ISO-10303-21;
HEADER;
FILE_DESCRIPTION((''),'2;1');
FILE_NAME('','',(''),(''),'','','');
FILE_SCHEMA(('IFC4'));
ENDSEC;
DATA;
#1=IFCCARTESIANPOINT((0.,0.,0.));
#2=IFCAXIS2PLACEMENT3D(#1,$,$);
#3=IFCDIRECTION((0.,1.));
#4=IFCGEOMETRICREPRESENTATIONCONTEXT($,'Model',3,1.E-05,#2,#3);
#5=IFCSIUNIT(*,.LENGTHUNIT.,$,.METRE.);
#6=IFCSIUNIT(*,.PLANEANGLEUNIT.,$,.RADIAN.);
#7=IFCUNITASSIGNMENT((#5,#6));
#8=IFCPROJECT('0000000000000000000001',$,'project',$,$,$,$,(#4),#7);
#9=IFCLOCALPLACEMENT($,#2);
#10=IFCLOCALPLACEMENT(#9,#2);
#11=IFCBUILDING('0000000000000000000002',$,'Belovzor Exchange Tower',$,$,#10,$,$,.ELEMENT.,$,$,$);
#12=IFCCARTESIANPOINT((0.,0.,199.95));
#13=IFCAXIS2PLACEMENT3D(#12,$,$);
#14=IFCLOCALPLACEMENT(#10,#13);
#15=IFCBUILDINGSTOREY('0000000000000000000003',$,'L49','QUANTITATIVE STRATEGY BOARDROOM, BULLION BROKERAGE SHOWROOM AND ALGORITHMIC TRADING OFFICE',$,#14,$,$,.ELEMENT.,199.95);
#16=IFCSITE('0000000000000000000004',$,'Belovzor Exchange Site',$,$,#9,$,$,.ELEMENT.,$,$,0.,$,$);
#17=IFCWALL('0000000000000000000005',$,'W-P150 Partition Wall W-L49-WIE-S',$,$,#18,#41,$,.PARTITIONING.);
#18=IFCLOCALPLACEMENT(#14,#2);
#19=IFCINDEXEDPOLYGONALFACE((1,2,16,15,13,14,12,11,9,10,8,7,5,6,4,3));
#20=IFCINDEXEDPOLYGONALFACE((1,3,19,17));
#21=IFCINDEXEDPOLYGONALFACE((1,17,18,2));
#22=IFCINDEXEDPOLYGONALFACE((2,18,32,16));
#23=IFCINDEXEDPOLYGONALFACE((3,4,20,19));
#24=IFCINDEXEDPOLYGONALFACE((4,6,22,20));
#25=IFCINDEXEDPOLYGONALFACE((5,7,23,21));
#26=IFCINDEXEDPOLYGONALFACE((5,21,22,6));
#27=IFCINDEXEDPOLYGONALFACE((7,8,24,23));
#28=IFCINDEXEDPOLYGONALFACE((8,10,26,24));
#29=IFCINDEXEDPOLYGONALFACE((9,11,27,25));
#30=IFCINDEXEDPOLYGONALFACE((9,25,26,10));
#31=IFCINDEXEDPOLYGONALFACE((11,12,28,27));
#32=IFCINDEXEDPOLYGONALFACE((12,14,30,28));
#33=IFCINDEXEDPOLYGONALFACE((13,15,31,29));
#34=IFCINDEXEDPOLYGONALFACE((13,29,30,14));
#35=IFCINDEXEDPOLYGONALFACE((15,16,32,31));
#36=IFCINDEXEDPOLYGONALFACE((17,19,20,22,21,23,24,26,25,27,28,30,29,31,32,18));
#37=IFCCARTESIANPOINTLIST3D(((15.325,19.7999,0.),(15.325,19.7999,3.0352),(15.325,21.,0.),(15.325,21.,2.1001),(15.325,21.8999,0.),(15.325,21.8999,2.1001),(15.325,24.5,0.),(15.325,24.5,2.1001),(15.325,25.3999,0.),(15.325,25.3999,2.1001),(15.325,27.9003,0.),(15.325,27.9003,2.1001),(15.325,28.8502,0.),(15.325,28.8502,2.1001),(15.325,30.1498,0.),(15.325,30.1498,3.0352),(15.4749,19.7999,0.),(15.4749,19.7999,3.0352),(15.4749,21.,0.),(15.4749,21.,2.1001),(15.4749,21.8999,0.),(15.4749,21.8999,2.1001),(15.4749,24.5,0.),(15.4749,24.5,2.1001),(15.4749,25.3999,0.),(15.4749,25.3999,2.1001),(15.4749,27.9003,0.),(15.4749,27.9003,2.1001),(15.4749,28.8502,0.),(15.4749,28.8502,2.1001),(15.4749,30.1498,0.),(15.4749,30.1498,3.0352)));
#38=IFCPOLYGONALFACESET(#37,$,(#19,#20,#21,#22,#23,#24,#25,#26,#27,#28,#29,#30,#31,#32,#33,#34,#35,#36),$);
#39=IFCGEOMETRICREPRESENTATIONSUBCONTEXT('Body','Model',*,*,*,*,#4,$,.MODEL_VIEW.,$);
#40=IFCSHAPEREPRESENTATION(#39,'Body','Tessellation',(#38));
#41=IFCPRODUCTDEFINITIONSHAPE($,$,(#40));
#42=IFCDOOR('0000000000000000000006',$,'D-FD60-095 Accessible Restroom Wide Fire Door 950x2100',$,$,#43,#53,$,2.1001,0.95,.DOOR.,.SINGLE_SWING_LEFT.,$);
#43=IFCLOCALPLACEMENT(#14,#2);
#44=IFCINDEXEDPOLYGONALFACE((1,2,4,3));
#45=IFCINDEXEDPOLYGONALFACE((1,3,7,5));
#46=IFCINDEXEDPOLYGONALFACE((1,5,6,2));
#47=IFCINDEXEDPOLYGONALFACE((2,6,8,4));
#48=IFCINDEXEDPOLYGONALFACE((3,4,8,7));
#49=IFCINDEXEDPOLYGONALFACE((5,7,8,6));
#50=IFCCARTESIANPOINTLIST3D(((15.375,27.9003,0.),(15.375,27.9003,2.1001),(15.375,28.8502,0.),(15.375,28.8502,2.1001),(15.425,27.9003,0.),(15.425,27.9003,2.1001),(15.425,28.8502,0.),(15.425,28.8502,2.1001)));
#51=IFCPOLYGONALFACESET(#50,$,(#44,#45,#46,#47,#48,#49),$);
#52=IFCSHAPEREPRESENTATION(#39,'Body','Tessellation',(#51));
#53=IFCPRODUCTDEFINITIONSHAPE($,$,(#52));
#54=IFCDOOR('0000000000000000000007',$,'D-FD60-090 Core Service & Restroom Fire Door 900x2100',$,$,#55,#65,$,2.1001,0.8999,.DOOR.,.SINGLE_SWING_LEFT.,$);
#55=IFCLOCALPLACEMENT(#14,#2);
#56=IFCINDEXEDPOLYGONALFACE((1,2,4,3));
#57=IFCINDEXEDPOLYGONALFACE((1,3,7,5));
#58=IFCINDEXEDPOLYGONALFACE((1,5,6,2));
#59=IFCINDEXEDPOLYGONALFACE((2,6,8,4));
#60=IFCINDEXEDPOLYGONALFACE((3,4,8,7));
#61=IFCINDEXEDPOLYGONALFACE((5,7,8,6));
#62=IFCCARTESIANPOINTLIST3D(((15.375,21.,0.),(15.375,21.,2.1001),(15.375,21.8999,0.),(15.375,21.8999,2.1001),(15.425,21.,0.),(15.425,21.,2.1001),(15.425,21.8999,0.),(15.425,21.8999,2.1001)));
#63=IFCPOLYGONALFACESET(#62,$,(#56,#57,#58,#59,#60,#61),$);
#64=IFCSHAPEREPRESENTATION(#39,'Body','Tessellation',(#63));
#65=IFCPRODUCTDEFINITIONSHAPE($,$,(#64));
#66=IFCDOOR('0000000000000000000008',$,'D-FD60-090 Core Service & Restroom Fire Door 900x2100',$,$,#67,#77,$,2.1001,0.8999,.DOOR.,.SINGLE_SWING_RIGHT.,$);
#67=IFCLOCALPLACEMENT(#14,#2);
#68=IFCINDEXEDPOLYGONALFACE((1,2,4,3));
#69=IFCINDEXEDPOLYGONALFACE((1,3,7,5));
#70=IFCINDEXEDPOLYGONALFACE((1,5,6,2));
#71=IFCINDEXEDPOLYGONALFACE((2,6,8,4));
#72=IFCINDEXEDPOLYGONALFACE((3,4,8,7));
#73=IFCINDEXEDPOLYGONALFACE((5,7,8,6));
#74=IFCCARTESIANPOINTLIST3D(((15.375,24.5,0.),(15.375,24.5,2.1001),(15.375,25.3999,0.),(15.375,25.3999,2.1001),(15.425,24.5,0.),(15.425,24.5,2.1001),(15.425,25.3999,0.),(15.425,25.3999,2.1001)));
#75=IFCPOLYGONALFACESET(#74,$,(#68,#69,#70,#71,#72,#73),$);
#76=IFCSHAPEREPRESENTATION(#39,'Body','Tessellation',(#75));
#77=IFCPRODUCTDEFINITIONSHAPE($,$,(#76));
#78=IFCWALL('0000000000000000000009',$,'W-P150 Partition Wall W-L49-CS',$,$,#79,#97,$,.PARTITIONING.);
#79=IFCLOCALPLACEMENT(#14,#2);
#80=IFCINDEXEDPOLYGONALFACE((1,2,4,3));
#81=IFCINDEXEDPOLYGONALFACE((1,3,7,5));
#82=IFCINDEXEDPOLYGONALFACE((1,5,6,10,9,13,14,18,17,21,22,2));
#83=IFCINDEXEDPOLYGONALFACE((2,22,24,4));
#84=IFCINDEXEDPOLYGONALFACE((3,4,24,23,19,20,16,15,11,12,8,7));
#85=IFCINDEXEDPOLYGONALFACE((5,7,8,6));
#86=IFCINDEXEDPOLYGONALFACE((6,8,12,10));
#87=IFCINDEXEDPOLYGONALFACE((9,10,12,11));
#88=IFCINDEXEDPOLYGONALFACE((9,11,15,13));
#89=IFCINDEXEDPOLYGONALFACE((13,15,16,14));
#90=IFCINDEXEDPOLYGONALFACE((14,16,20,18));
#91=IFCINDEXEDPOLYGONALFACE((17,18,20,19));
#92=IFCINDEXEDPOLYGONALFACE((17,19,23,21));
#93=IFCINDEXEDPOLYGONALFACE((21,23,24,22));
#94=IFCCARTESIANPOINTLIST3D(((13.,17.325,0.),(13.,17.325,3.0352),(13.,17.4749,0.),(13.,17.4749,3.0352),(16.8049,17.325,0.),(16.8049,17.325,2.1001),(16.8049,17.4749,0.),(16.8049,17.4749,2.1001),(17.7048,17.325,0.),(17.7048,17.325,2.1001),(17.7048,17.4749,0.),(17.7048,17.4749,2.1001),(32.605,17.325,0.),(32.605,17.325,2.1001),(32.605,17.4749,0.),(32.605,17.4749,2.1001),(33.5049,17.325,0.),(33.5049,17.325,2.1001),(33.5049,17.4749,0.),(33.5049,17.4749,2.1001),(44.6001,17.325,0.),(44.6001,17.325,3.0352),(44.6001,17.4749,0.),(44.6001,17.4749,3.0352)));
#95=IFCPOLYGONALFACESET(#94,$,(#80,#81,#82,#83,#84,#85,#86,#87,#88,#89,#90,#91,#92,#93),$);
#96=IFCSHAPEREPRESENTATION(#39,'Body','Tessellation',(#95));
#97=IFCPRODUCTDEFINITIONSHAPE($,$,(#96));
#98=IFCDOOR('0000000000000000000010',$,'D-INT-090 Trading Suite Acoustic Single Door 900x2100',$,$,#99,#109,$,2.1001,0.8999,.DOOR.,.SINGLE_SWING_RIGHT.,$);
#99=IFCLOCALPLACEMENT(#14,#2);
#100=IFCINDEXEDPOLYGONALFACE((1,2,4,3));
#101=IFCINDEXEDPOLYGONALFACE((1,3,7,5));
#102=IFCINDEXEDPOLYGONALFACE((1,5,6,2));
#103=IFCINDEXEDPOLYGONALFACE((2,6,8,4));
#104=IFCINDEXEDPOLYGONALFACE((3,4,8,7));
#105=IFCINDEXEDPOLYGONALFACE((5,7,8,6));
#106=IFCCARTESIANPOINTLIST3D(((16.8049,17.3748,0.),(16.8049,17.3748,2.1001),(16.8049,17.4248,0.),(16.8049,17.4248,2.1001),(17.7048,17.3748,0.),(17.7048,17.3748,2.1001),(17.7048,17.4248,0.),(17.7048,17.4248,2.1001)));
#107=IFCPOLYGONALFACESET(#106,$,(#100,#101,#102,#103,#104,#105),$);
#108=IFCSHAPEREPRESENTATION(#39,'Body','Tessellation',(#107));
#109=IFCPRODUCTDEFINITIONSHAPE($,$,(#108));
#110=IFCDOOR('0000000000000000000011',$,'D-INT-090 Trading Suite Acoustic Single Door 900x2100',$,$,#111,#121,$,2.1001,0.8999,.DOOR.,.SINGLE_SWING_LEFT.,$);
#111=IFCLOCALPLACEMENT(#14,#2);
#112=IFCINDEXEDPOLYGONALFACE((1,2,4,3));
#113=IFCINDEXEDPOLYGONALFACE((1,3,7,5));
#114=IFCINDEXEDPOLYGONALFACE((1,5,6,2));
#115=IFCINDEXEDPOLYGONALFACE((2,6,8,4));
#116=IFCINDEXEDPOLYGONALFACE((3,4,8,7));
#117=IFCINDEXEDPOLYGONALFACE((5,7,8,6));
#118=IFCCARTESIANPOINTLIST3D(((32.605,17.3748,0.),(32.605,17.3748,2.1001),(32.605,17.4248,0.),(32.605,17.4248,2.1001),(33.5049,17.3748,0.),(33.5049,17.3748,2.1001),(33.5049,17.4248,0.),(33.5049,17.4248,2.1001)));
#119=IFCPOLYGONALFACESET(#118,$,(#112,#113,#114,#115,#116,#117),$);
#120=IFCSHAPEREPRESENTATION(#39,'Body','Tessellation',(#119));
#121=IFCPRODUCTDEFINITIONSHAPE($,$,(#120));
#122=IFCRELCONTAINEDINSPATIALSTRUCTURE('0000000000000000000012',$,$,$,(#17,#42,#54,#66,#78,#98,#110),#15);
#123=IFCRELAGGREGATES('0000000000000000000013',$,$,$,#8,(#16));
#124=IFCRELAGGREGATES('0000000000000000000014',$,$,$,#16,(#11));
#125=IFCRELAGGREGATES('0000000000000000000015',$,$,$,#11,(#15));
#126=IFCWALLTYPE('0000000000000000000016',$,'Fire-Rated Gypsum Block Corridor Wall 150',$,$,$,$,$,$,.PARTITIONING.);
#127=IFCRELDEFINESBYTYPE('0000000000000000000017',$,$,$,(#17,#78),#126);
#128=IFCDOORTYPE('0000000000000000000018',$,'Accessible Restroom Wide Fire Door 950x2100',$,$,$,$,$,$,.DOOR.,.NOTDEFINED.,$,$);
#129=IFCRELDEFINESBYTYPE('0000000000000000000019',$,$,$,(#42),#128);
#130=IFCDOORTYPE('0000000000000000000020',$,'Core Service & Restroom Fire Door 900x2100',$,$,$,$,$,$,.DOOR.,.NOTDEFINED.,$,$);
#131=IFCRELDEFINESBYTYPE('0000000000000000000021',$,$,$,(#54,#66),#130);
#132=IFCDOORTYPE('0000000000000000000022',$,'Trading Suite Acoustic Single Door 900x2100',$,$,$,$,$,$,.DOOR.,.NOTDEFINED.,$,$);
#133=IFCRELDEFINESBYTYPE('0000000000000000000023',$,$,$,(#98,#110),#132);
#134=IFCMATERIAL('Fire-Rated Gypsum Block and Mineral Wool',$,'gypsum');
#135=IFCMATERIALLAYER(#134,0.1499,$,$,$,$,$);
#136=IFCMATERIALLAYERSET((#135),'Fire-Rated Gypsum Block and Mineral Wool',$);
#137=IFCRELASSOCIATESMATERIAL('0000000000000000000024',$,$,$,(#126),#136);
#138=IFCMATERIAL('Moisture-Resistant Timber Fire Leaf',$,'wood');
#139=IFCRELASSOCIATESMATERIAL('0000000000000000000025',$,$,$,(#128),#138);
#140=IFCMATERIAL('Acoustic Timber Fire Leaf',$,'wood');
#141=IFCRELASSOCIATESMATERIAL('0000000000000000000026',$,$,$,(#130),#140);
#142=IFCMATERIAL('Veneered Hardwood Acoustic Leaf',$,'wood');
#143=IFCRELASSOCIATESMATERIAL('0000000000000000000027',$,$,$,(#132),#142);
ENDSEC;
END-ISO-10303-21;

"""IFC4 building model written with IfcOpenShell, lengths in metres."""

from ifc_helpers import new_model, si_unit, direction, frame, frame_2d, origin, place, context, subcontext, project, spatial, rectangle, extrude, material, layer, layer_set, type_object, element, fill, save


model = new_model("IFC4")

# Units and contexts
model_context = context("Model", 3, precision=1e-05, world=origin(), true_north=direction((0.0, 1.0)))
body_context = subcontext(model_context, "Body", "Model", "MODEL_VIEW")
ifc_project = project(units=[si_unit("LENGTHUNIT", "METRE"), si_unit("PLANEANGLEUNIT", "RADIAN")], contexts=[model_context])

# Site, building, storey
site_placement = place(None, origin())
site = spatial("IfcSite", under=ifc_project, at=site_placement, Name="Belovzor Exchange Site", CompositionType="ELEMENT", RefElevation=0.0)
building_placement = place(site_placement, origin())
building = spatial("IfcBuilding", under=site, at=building_placement, Name="Belovzor Exchange Tower", CompositionType="ELEMENT")
storey_placement = place(building_placement, frame((0.0, 0.0, 199.95)))
storey = spatial("IfcBuildingStorey", under=building, at=storey_placement, Name="L49", Description="QUANTITATIVE STRATEGY BOARDROOM, BULLION BROKERAGE SHOWROOM AND ALGORITHMIC TRADING OFFICE", CompositionType="ELEMENT", Elevation=199.95)

# Shared definitions
ifc_material_1 = material(Name="Fire-Rated Gypsum Block and Mineral Wool", Category="gypsum")
ifc_layer_1 = layer(ifc_material_1, 0.1499)
ifc_layer_set_1 = layer_set([ifc_layer_1], Name="Fire-Rated Gypsum Block and Mineral Wool")
wall_type_1 = type_object("IfcWallType", Name="Fire-Rated Gypsum Block Corridor Wall 150", PredefinedType="PARTITIONING", material=ifc_layer_set_1)

# Walls, openings, doors
wall_1_placement = place(storey_placement, frame((15.3999, 19.8, 0.0), z_axis=(0.0, 0.0, 1.0), x_axis=(0.0, 1.0, 0.0)))
wall_1 = element("IfcWall", 1, at=wall_1_placement, inside=storey, type_object=wall_type_1, Name="W-P150 Partition Wall W-L49-WIE-S", PredefinedType="PARTITIONING", context=body_context, shape_type="SweptSolid", body=[
    extrude(rectangle(XDim=10.3499, YDim=0.1499, at=frame_2d((5.1748, 0.0))), origin(), (0.0, 0.0, 1.0), 3.0352),
])
opening_1_placement = place(wall_1_placement, frame((1.2, 0.0, 0.0)))
opening_1 = element("IfcOpeningElement", 2, at=opening_1_placement, cuts=wall_1, PredefinedType="OPENING", context=body_context, shape_type="SweptSolid", body=[
    extrude(rectangle(XDim=0.8999, YDim=2.1001, at=frame_2d((0.45, 1.05))), frame((0.0, 0.085, 0.0), z_axis=(0.0, -1.0, 0.0), x_axis=(1.0, 0.0, 0.0)), (0.0, 0.0, 1.0), 0.1699),
])
opening_2_placement = place(wall_1_placement, frame((4.7, 0.0, 0.0)))
opening_2 = element("IfcOpeningElement", 3, at=opening_2_placement, cuts=wall_1, PredefinedType="OPENING", context=body_context, shape_type="SweptSolid", body=[
    extrude(rectangle(XDim=0.8999, YDim=2.1001, at=frame_2d((0.45, 1.05))), frame((0.0, 0.085, 0.0), z_axis=(0.0, -1.0, 0.0), x_axis=(1.0, 0.0, 0.0)), (0.0, 0.0, 1.0), 0.1699),
])
opening_3_placement = place(wall_1_placement, frame((8.1001, 0.0, 0.0)))
opening_3 = element("IfcOpeningElement", 4, at=opening_3_placement, cuts=wall_1, PredefinedType="OPENING", context=body_context, shape_type="SweptSolid", body=[
    extrude(rectangle(XDim=0.95, YDim=2.1001, at=frame_2d((0.4751, 1.05))), frame((0.0, 0.085, 0.0), z_axis=(0.0, -1.0, 0.0), x_axis=(1.0, 0.0, 0.0)), (0.0, 0.0, 1.0), 0.1699),
])
ifc_material_2 = material(Name="Moisture-Resistant Timber Fire Leaf", Category="wood")
door_type_1 = type_object("IfcDoorType", Name="Accessible Restroom Wide Fire Door 950x2100", OperationType="NOTDEFINED", PredefinedType="DOOR", material=ifc_material_2)
door_1_placement = place(opening_3_placement, origin())
door_1 = element("IfcDoor", 5, at=door_1_placement, inside=storey, type_object=door_type_1, Name="D-FD60-095 Accessible Restroom Wide Fire Door 950x2100", OperationType="SINGLE_SWING_LEFT", OverallHeight=2.1001, OverallWidth=0.95, PredefinedType="DOOR", context=body_context, shape_type="SweptSolid", body=[
    extrude(rectangle(XDim=0.95, YDim=2.1001, at=frame_2d((0.4751, 1.05))), frame((0.0, 0.0249, 0.0), z_axis=(0.0, -1.0, 0.0), x_axis=(1.0, 0.0, 0.0)), (0.0, 0.0, 1.0), 0.05),
])
fill(opening_3, door_1)
ifc_material_3 = material(Name="Acoustic Timber Fire Leaf", Category="wood")
door_type_2 = type_object("IfcDoorType", Name="Core Service & Restroom Fire Door 900x2100", OperationType="NOTDEFINED", PredefinedType="DOOR", material=ifc_material_3)
door_2_placement = place(opening_1_placement, origin())
door_2 = element("IfcDoor", 6, at=door_2_placement, inside=storey, type_object=door_type_2, Name="D-FD60-090 Core Service & Restroom Fire Door 900x2100", OperationType="SINGLE_SWING_LEFT", OverallHeight=2.1001, OverallWidth=0.8999, PredefinedType="DOOR", context=body_context, shape_type="SweptSolid", body=[
    extrude(rectangle(XDim=0.8999, YDim=2.1001, at=frame_2d((0.45, 1.05))), frame((0.0, 0.0249, 0.0), z_axis=(0.0, -1.0, 0.0), x_axis=(1.0, 0.0, 0.0)), (0.0, 0.0, 1.0), 0.05),
])
fill(opening_1, door_2)
door_3_placement = place(opening_2_placement, origin())
door_3 = element("IfcDoor", 7, at=door_3_placement, inside=storey, type_object=door_type_2, Name="D-FD60-090 Core Service & Restroom Fire Door 900x2100", OperationType="SINGLE_SWING_RIGHT", OverallHeight=2.1001, OverallWidth=0.8999, PredefinedType="DOOR", context=body_context, shape_type="SweptSolid", body=[
    extrude(rectangle(XDim=0.8999, YDim=2.1001, at=frame_2d((0.45, 1.05))), frame((0.0, 0.0249, 0.0), z_axis=(0.0, -1.0, 0.0), x_axis=(1.0, 0.0, 0.0)), (0.0, 0.0, 1.0), 0.05),
])
fill(opening_2, door_3)
wall_2_placement = place(storey_placement, frame((13.0, 17.3999, 0.0), z_axis=(0.0, 0.0, 1.0), x_axis=(1.0, 0.0, 0.0)))
wall_2 = element("IfcWall", 8, at=wall_2_placement, inside=storey, type_object=wall_type_1, Name="W-P150 Partition Wall W-L49-CS", PredefinedType="PARTITIONING", context=body_context, shape_type="SweptSolid", body=[
    extrude(rectangle(XDim=31.6001, YDim=0.1499, at=frame_2d((15.8, 0.0))), origin(), (0.0, 0.0, 1.0), 3.0352),
])
opening_4_placement = place(wall_2_placement, frame((3.8049, 0.0, 0.0)))
opening_4 = element("IfcOpeningElement", 9, at=opening_4_placement, cuts=wall_2, PredefinedType="OPENING", context=body_context, shape_type="SweptSolid", body=[
    extrude(rectangle(XDim=0.8999, YDim=2.1001, at=frame_2d((0.45, 1.05))), frame((0.0, 0.085, 0.0), z_axis=(0.0, -1.0, 0.0), x_axis=(1.0, 0.0, 0.0)), (0.0, 0.0, 1.0), 0.1699),
])
opening_5_placement = place(wall_2_placement, frame((19.605, 0.0, 0.0)))
opening_5 = element("IfcOpeningElement", 10, at=opening_5_placement, cuts=wall_2, PredefinedType="OPENING", context=body_context, shape_type="SweptSolid", body=[
    extrude(rectangle(XDim=0.8999, YDim=2.1001, at=frame_2d((0.45, 1.05))), frame((0.0, 0.085, 0.0), z_axis=(0.0, -1.0, 0.0), x_axis=(1.0, 0.0, 0.0)), (0.0, 0.0, 1.0), 0.1699),
])
ifc_material_4 = material(Name="Veneered Hardwood Acoustic Leaf", Category="wood")
door_type_3 = type_object("IfcDoorType", Name="Trading Suite Acoustic Single Door 900x2100", OperationType="NOTDEFINED", PredefinedType="DOOR", material=ifc_material_4)
door_4_placement = place(opening_4_placement, origin())
door_4 = element("IfcDoor", 11, at=door_4_placement, inside=storey, type_object=door_type_3, Name="D-INT-090 Trading Suite Acoustic Single Door 900x2100", OperationType="SINGLE_SWING_RIGHT", OverallHeight=2.1001, OverallWidth=0.8999, PredefinedType="DOOR", context=body_context, shape_type="SweptSolid", body=[
    extrude(rectangle(XDim=0.8999, YDim=2.1001, at=frame_2d((0.45, 1.05))), frame((0.0, 0.0249, 0.0), z_axis=(0.0, -1.0, 0.0), x_axis=(1.0, 0.0, 0.0)), (0.0, 0.0, 1.0), 0.05),
])
fill(opening_4, door_4)
door_5_placement = place(opening_5_placement, origin())
door_5 = element("IfcDoor", 12, at=door_5_placement, inside=storey, type_object=door_type_3, Name="D-INT-090 Trading Suite Acoustic Single Door 900x2100", OperationType="SINGLE_SWING_LEFT", OverallHeight=2.1001, OverallWidth=0.8999, PredefinedType="DOOR", context=body_context, shape_type="SweptSolid", body=[
    extrude(rectangle(XDim=0.8999, YDim=2.1001, at=frame_2d((0.45, 1.05))), frame((0.0, 0.0249, 0.0), z_axis=(0.0, -1.0, 0.0), x_axis=(1.0, 0.0, 0.0)), (0.0, 0.0, 1.0), 0.05),
])
fill(opening_5, door_5)

save(model, "model.ifc")
